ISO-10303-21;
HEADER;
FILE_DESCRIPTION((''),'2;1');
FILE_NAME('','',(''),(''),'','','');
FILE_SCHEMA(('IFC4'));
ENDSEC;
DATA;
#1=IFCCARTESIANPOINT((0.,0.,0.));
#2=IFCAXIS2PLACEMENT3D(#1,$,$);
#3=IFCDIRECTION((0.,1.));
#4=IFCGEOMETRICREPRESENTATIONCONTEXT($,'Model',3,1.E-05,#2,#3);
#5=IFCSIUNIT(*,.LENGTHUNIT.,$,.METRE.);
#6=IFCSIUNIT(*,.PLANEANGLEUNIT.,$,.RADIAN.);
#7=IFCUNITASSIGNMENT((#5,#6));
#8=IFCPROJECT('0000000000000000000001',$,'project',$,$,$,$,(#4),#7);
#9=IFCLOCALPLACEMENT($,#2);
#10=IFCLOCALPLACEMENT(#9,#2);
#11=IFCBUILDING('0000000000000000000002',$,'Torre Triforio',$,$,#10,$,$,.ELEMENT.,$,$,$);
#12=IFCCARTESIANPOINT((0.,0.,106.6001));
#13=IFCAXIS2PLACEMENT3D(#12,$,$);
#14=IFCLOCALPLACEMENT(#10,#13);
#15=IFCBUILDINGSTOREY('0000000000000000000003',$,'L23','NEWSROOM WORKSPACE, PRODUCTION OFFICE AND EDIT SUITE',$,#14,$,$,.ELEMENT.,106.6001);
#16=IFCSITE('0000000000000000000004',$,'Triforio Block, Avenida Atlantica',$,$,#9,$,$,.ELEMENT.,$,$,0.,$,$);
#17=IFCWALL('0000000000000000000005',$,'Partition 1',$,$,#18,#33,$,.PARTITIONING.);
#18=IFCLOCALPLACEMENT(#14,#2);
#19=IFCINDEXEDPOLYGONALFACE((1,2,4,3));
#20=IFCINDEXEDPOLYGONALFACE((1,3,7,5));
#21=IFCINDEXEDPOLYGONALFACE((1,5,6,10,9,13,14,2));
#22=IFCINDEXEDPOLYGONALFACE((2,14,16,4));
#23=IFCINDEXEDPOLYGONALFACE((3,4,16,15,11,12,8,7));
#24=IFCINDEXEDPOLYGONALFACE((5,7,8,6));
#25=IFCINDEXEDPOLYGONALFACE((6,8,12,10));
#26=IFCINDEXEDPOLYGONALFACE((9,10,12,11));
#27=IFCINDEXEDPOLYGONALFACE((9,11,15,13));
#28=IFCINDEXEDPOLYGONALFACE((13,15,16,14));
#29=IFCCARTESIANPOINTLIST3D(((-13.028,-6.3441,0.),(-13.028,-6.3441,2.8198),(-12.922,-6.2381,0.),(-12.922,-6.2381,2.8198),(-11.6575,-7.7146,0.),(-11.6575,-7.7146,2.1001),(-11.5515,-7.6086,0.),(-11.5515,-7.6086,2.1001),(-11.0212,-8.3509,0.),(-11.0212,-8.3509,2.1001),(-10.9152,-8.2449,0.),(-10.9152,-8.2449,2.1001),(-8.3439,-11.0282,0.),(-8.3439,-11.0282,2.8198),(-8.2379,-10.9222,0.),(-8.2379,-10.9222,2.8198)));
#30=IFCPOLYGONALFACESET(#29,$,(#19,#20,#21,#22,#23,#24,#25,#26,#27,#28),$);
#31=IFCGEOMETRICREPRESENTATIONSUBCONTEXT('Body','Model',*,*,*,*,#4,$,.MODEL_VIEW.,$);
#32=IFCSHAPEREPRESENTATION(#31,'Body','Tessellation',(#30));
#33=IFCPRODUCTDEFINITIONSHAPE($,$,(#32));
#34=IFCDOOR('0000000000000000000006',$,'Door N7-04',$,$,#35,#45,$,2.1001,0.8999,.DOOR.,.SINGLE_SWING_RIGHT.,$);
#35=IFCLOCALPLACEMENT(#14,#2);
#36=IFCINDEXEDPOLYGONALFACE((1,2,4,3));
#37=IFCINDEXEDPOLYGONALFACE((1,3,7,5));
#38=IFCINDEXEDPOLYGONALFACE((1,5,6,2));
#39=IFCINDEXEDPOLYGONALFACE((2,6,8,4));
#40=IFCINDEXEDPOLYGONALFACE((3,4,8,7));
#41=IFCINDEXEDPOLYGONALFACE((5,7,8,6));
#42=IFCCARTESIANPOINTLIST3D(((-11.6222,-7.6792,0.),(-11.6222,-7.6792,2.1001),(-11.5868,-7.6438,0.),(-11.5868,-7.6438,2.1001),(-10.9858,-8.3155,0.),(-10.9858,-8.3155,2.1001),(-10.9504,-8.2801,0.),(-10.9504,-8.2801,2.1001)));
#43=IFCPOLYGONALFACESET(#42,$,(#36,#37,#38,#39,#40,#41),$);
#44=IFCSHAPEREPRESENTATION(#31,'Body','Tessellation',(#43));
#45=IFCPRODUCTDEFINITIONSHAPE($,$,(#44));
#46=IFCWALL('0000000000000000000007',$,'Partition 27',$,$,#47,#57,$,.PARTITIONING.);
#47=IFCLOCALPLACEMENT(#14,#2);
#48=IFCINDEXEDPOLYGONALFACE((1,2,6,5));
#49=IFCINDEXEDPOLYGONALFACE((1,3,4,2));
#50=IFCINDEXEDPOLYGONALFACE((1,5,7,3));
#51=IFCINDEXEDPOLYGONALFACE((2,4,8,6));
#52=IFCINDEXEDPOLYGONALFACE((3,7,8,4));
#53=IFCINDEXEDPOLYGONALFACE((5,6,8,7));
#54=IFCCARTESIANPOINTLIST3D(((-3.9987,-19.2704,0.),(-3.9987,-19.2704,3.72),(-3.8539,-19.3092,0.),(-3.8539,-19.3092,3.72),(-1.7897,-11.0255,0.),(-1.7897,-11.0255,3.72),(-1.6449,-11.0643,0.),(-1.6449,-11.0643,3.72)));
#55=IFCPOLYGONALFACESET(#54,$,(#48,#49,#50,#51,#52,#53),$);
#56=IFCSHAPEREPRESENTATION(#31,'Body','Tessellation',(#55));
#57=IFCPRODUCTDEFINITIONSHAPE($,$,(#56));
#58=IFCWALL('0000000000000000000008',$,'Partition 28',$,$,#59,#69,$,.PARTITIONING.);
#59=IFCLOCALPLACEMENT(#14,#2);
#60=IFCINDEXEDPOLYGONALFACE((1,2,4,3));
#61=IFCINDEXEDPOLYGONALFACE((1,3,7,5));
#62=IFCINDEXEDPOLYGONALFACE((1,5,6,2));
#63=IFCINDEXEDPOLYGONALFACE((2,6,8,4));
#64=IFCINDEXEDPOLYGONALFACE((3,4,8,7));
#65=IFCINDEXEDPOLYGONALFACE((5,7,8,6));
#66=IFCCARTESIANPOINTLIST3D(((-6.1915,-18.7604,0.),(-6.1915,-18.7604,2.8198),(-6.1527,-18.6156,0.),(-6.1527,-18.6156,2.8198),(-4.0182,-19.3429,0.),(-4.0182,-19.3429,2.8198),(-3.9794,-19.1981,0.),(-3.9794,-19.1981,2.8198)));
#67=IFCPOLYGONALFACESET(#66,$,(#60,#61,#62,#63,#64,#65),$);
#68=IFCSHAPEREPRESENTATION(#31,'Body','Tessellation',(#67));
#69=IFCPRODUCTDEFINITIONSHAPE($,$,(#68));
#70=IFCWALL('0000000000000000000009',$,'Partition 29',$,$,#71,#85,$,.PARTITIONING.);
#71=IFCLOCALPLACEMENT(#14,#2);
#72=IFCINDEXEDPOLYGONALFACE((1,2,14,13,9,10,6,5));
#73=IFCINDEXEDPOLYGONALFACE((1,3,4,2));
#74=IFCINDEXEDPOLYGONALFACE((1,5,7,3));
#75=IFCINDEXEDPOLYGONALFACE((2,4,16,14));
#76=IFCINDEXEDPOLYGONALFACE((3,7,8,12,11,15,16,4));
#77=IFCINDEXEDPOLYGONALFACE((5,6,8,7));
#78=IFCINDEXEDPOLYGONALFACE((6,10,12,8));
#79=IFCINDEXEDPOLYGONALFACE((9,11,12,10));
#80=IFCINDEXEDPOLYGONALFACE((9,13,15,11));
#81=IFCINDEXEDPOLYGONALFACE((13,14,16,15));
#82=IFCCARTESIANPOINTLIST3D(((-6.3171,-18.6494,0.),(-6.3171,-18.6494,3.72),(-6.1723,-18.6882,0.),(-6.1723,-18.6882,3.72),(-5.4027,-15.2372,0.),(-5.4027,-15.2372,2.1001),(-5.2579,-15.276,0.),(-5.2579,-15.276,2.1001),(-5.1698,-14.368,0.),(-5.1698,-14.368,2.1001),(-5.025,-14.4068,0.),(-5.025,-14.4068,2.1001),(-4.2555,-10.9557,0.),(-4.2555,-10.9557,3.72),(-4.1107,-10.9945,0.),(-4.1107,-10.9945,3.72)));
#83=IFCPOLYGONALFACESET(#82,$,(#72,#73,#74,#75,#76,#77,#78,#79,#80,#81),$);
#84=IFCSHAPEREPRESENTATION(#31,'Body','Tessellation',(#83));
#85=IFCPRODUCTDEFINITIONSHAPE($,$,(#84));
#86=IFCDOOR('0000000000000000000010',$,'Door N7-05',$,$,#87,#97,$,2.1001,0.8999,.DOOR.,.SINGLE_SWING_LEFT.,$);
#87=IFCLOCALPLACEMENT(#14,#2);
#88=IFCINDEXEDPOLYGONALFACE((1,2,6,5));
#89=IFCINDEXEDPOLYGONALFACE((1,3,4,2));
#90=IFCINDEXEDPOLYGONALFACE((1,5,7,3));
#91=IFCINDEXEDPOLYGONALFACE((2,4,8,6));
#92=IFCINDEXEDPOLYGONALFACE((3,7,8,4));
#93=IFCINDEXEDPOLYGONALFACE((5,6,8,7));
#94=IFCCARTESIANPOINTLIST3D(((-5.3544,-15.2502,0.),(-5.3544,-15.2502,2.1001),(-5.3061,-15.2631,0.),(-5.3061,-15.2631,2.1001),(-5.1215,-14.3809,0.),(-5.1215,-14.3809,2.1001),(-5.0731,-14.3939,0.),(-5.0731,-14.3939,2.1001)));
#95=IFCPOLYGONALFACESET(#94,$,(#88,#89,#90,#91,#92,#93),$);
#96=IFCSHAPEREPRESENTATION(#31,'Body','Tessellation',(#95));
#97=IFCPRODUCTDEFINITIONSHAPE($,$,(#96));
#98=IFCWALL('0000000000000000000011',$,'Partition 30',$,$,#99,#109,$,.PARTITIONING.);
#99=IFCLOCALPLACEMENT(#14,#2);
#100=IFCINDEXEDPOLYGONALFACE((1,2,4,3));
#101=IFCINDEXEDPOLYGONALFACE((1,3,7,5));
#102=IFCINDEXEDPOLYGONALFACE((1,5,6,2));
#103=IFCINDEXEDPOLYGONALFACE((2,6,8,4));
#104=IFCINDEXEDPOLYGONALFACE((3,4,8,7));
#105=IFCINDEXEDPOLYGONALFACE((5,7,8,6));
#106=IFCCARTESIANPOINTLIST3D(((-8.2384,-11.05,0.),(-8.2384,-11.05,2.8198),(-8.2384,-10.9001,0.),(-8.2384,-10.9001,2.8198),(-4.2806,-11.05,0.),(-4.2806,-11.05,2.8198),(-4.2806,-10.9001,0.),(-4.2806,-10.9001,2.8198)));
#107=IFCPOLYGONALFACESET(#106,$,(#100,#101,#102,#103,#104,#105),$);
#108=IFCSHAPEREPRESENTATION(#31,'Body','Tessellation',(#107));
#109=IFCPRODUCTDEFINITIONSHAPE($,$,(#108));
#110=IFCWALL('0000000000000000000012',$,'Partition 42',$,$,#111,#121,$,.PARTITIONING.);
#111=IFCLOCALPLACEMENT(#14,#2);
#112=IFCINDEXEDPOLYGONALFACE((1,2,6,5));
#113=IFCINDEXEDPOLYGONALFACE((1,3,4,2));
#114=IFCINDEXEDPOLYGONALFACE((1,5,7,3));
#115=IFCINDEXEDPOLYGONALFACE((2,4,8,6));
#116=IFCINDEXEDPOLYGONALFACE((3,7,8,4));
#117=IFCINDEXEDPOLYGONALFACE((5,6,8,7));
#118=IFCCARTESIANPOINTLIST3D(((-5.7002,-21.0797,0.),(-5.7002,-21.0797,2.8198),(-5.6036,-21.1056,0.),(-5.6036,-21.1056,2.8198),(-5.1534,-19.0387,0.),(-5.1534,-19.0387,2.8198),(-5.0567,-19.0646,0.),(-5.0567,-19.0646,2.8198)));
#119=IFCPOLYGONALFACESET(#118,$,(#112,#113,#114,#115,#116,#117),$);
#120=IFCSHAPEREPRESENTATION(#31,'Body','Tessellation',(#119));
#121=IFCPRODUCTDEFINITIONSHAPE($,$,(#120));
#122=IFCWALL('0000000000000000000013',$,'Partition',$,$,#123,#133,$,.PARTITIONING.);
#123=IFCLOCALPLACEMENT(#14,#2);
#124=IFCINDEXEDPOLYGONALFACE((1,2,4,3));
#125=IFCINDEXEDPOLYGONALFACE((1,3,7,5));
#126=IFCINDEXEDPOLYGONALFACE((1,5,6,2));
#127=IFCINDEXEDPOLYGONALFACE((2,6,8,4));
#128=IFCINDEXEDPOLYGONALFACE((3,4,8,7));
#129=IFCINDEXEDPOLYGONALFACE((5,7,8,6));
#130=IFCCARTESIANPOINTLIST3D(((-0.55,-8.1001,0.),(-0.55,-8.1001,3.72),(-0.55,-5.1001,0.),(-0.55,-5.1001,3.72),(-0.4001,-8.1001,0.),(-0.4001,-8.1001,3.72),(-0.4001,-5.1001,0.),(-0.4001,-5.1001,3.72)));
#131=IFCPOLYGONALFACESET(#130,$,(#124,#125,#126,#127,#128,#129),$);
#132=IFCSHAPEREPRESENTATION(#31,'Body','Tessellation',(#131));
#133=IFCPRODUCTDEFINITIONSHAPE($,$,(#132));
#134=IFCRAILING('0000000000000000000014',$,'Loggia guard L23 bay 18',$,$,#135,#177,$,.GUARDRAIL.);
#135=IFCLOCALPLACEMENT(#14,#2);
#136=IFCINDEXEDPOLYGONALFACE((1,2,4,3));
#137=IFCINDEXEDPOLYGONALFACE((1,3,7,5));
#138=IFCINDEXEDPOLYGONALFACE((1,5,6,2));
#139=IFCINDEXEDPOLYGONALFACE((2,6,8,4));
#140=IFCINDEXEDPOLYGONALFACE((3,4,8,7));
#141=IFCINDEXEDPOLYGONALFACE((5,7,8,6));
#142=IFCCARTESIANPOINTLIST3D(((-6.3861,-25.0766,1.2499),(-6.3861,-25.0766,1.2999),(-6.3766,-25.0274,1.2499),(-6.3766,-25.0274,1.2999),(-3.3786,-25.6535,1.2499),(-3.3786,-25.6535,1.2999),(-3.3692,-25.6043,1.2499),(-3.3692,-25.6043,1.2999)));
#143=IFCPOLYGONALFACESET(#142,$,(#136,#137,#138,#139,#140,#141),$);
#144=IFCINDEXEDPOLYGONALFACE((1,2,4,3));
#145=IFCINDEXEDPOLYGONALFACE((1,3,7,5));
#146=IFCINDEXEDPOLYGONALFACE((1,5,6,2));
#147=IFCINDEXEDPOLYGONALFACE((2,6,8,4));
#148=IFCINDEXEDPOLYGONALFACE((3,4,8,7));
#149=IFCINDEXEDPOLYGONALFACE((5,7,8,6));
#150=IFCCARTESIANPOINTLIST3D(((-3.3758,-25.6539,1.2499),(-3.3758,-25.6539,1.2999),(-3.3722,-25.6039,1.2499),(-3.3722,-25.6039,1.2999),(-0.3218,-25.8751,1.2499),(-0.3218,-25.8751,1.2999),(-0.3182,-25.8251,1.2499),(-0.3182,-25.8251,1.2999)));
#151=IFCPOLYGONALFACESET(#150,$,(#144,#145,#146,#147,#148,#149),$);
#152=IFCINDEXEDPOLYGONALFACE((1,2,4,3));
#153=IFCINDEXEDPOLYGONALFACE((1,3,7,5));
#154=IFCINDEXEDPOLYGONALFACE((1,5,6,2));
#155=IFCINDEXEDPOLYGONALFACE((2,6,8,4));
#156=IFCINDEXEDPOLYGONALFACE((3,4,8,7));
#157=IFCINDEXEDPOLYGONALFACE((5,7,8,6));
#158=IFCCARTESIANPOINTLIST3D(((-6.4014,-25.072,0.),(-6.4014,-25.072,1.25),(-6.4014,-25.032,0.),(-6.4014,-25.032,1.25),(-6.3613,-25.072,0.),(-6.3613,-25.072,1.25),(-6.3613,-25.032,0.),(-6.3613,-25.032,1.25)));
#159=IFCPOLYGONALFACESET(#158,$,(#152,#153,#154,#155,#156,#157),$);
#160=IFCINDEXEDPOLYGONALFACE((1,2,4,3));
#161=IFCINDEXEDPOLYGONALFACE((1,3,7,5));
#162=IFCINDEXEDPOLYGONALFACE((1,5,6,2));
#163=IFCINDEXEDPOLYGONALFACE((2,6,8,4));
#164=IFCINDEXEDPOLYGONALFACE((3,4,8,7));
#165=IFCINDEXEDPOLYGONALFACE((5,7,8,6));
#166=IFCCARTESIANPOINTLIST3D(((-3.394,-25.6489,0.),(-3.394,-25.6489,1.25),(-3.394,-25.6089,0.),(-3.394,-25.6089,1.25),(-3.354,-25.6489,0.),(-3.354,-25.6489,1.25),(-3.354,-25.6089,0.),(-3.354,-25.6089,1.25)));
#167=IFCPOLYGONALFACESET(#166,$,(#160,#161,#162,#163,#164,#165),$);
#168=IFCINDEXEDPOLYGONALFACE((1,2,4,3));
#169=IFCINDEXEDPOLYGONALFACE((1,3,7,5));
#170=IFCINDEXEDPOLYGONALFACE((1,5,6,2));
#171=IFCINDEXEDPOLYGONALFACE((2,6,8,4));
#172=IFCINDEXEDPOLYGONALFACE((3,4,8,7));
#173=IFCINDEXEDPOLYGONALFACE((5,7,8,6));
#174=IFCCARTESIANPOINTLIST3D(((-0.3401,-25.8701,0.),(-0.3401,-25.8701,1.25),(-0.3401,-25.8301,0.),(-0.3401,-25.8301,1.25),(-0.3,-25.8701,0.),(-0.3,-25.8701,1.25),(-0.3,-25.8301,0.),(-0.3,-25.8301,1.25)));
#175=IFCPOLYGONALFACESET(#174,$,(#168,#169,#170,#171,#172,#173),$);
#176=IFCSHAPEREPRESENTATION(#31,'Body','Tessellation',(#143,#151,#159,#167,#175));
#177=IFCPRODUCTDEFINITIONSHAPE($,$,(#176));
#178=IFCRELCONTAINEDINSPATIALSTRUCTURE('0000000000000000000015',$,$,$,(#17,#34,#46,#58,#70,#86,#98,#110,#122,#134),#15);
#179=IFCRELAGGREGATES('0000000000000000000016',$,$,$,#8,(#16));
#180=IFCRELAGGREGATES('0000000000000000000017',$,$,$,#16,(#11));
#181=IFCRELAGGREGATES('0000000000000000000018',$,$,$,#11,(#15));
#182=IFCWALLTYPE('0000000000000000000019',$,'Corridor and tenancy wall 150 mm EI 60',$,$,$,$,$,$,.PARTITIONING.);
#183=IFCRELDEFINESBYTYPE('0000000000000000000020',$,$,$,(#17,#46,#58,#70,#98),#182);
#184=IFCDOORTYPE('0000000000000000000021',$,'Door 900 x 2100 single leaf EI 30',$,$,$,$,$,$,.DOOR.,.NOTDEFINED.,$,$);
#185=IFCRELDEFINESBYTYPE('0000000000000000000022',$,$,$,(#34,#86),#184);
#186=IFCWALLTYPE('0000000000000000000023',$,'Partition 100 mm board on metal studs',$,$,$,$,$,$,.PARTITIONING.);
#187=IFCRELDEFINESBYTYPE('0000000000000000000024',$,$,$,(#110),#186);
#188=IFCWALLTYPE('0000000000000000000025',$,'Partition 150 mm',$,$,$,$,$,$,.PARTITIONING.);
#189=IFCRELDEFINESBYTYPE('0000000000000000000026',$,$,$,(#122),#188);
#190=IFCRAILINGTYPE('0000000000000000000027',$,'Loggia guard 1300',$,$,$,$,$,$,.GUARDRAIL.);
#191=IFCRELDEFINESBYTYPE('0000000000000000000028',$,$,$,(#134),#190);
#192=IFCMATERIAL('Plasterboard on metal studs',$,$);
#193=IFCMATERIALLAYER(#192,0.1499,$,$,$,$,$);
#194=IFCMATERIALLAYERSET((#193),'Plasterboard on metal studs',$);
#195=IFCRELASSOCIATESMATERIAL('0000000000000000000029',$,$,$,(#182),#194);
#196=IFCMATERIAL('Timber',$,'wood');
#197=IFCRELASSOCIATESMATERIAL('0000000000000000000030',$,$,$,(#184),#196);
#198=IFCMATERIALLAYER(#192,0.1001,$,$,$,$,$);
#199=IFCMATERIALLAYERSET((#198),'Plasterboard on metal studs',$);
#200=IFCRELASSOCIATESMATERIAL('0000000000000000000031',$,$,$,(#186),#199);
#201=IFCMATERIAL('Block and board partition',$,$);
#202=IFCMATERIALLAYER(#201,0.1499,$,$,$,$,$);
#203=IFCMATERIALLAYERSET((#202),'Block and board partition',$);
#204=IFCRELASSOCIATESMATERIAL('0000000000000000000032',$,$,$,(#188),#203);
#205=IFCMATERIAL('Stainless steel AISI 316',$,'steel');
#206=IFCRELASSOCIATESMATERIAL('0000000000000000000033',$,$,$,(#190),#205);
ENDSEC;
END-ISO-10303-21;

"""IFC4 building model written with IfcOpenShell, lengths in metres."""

from ifc_helpers import new_model, si_unit, direction, frame, frame_2d, origin, origin_2d, place, context, subcontext, project, spatial, rectangle, extrude, material, layer, layer_set, type_object, element, fill, save


model = new_model("IFC4")

# Units and contexts
model_context = context("Model", 3, precision=1e-05, world=origin(), true_north=direction((0.0, 1.0)))
body_context = subcontext(model_context, "Body", "Model", "MODEL_VIEW")
ifc_project = project(units=[si_unit("LENGTHUNIT", "METRE"), si_unit("PLANEANGLEUNIT", "RADIAN")], contexts=[model_context])

# Site, building, storey
site_placement = place(None, origin())
site = spatial("IfcSite", under=ifc_project, at=site_placement, Name="Triforio Block, Avenida Atlantica", CompositionType="ELEMENT", RefElevation=0.0)
building_placement = place(site_placement, origin())
building = spatial("IfcBuilding", under=site, at=building_placement, Name="Torre Triforio", CompositionType="ELEMENT")
storey_placement = place(building_placement, frame((0.0, 0.0, 106.6001)))
storey = spatial("IfcBuildingStorey", under=building, at=storey_placement, Name="L23", Description="NEWSROOM WORKSPACE, PRODUCTION OFFICE AND EDIT SUITE", CompositionType="ELEMENT", Elevation=106.6001)

# Wall, opening, door
ifc_material_1 = material(Name="Plasterboard on metal studs")
ifc_layer_1 = layer(ifc_material_1, 0.1499)
ifc_layer_set_1 = layer_set([ifc_layer_1], Name="Plasterboard on metal studs")
wall_type_1 = type_object("IfcWallType", Name="Corridor and tenancy wall 150 mm EI 60", PredefinedType="PARTITIONING", material=ifc_layer_set_1)
wall_1_placement = place(storey_placement, frame((-8.291, -10.9751, 0.0), z_axis=(0.0, 0.0, 1.0), x_axis=(-0.707107, 0.707107, 0.0)))
wall_1 = element("IfcWall", 1, at=wall_1_placement, inside=storey, type_object=wall_type_1, Name="Partition 1", PredefinedType="PARTITIONING", context=body_context, shape_type="SweptSolid", body=[
    extrude(rectangle(XDim=6.6243, YDim=0.1499, at=frame_2d((3.312, 0.0))), origin(), (0.0, 0.0, 1.0), 2.8198),
])
opening_1_placement = place(wall_1_placement, frame((3.7861, 0.0, 0.0)))
opening_1 = element("IfcOpeningElement", 2, at=opening_1_placement, cuts=wall_1, PredefinedType="OPENING", context=body_context, shape_type="SweptSolid", body=[
    extrude(rectangle(XDim=0.8999, YDim=2.1001, at=frame_2d((0.45, 1.05))), frame((0.0, 0.085, 0.0), z_axis=(0.0, -1.0, 0.0), x_axis=(1.0, 0.0, 0.0)), (0.0, 0.0, 1.0), 0.1699),
])
ifc_material_2 = material(Name="Timber", Category="wood")
door_type_1 = type_object("IfcDoorType", Name="Door 900 x 2100 single leaf EI 30", OperationType="NOTDEFINED", PredefinedType="DOOR", material=ifc_material_2)
door_1_placement = place(opening_1_placement, origin())
door_1 = element("IfcDoor", 3, at=door_1_placement, inside=storey, type_object=door_type_1, Name="Door N7-04", OperationType="SINGLE_SWING_RIGHT", OverallHeight=2.1001, OverallWidth=0.8999, PredefinedType="DOOR", context=body_context, shape_type="SweptSolid", body=[
    extrude(rectangle(XDim=0.8999, YDim=2.1001, at=frame_2d((0.45, 1.05))), frame((0.0, 0.0249, 0.0), z_axis=(0.0, -1.0, 0.0), x_axis=(1.0, 0.0, 0.0)), (0.0, 0.0, 1.0), 0.05),
])
fill(opening_1, door_1)

# Walls
wall_2_placement = place(storey_placement, frame((-1.7173, -11.0449, 0.0), z_axis=(0.0, 0.0, 1.0), x_axis=(-0.258795, -0.965932, 0.0)))
element("IfcWall", 4, at=wall_2_placement, inside=storey, type_object=wall_type_1, Name="Partition 27", PredefinedType="PARTITIONING", context=body_context, shape_type="SweptSolid", body=[
    extrude(rectangle(XDim=8.5356, YDim=0.1499, at=frame_2d((4.2678, 0.0))), origin(), (0.0, 0.0, 1.0), 3.72),
])
wall_3_placement = place(storey_placement, frame((-3.9988, -19.2705, 0.0), z_axis=(0.0, 0.0, 1.0), x_axis=(-0.965906, 0.258892, 0.0)))
element("IfcWall", 5, at=wall_3_placement, inside=storey, type_object=wall_type_1, Name="Partition 28", PredefinedType="PARTITIONING", context=body_context, shape_type="SweptSolid", body=[
    extrude(rectangle(XDim=2.25, YDim=0.1499, at=frame_2d((1.125, 0.0))), origin(), (0.0, 0.0, 1.0), 2.8198),
])

# Wall, opening, door
wall_4_placement = place(storey_placement, frame((-6.2446, -18.6687, 0.0), z_axis=(0.0, 0.0, 1.0), x_axis=(0.258822, 0.965925, 0.0)))
wall_4 = element("IfcWall", 6, at=wall_4_placement, inside=storey, type_object=wall_type_1, Name="Partition 29", PredefinedType="PARTITIONING", context=body_context, shape_type="SweptSolid", body=[
    extrude(rectangle(XDim=7.9651, YDim=0.1499, at=frame_2d((3.9824, 0.0))), origin(), (0.0, 0.0, 1.0), 3.72),
])
opening_2_placement = place(wall_4_placement, frame((3.5325, 0.0, 0.0)))
opening_2 = element("IfcOpeningElement", 7, at=opening_2_placement, cuts=wall_4, PredefinedType="OPENING", context=body_context, shape_type="SweptSolid", body=[
    extrude(rectangle(XDim=0.8999, YDim=2.1001, at=frame_2d((0.45, 1.05))), frame((0.0, 0.085, 0.0), z_axis=(0.0, -1.0, 0.0), x_axis=(1.0, 0.0, 0.0)), (0.0, 0.0, 1.0), 0.1699),
])
door_2_placement = place(opening_2_placement, origin())
door_2 = element("IfcDoor", 8, at=door_2_placement, inside=storey, type_object=door_type_1, Name="Door N7-05", OperationType="SINGLE_SWING_LEFT", OverallHeight=2.1001, OverallWidth=0.8999, PredefinedType="DOOR", context=body_context, shape_type="SweptSolid", body=[
    extrude(rectangle(XDim=0.8999, YDim=2.1001, at=frame_2d((0.45, 1.05))), frame((0.0, 0.0249, 0.0), z_axis=(0.0, -1.0, 0.0), x_axis=(1.0, 0.0, 0.0)), (0.0, 0.0, 1.0), 0.05),
])
fill(opening_2, door_2)

# Walls
wall_5_placement = place(storey_placement, frame((-4.2805, -10.9751, 0.0), z_axis=(0.0, 0.0, 1.0), x_axis=(-1.0, 0.0, 0.0)))
element("IfcWall", 9, at=wall_5_placement, inside=storey, type_object=wall_type_1, Name="Partition 30", PredefinedType="PARTITIONING", context=body_context, shape_type="SweptSolid", body=[
    extrude(rectangle(XDim=3.9578, YDim=0.1499, at=frame_2d((1.979, 0.0))), origin(), (0.0, 0.0, 1.0), 2.8198),
])
ifc_layer_2 = layer(ifc_material_1, 0.1001)
ifc_layer_set_2 = layer_set([ifc_layer_2], Name="Plasterboard on metal studs")
wall_type_2 = type_object("IfcWallType", Name="Partition 100 mm board on metal studs", PredefinedType="PARTITIONING", material=ifc_layer_set_2)
wall_6_placement = place(storey_placement, frame((-5.105, -19.0515, 0.0), z_axis=(0.0, 0.0, 1.0), x_axis=(-0.258813, -0.965927, 0.0)))
element("IfcWall", 10, at=wall_6_placement, inside=storey, type_object=wall_type_2, Name="Partition 42", PredefinedType="PARTITIONING", context=body_context, shape_type="SweptSolid", body=[
    extrude(rectangle(XDim=2.113, YDim=0.1001, at=frame_2d((1.0566, 0.0))), origin(), (0.0, 0.0, 1.0), 2.8198),
])
ifc_material_3 = material(Name="Block and board partition")
ifc_layer_3 = layer(ifc_material_3, 0.1499)
ifc_layer_set_3 = layer_set([ifc_layer_3], Name="Block and board partition")
wall_type_3 = type_object("IfcWallType", Name="Partition 150 mm", PredefinedType="PARTITIONING", material=ifc_layer_set_3)
wall_7_placement = place(storey_placement, frame((-0.4751, -8.1001, 0.0), z_axis=(0.0, 0.0, 1.0), x_axis=(0.0, 1.0, 0.0)))
element("IfcWall", 11, at=wall_7_placement, inside=storey, type_object=wall_type_3, Name="Partition", PredefinedType="PARTITIONING", context=body_context, shape_type="SweptSolid", body=[
    extrude(rectangle(XDim=3.0, YDim=0.1499, at=frame_2d((1.5, 0.0))), origin(), (0.0, 0.0, 1.0), 3.72),
])

# Railing
ifc_material_4 = material(Name="Stainless steel AISI 316", Category="steel")
railing_type = type_object("IfcRailingType", Name="Loggia guard 1300", PredefinedType="GUARDRAIL", material=ifc_material_4)
railing_placement = place(storey_placement, frame((-6.3813, -25.052, 0.0)))
element("IfcRailing", 12, at=railing_placement, inside=storey, type_object=railing_type, Name="Loggia guard L23 bay 18", PredefinedType="GUARDRAIL", context=body_context, shape_type="SweptSolid", body=[
    extrude(rectangle(XDim=0.05, YDim=0.05, at=origin_2d()), frame((0.0, 0.0, 1.2749), z_axis=(0.982093, -0.188398, 0.0), x_axis=(0.188398, 0.982093, 0.0)), (0.0, 0.0, 1.0), 3.0623),
    extrude(rectangle(XDim=0.05, YDim=0.05, at=origin_2d()), frame((3.0073, -0.5769, 1.2749), z_axis=(0.997387, -0.072239, 0.0), x_axis=(0.072239, 0.997387, 0.0)), (0.0, 0.0, 1.0), 3.062),
    extrude(rectangle(XDim=0.04, YDim=0.04, at=origin_2d()), origin(), (0.0, 0.0, 1.0), 1.25),
    extrude(rectangle(XDim=0.04, YDim=0.04, at=origin_2d()), frame((3.0073, -0.5769, 0.0)), (0.0, 0.0, 1.0), 1.25),
    extrude(rectangle(XDim=0.04, YDim=0.04, at=origin_2d()), frame((6.0613, -0.7981, 0.0)), (0.0, 0.0, 1.0), 1.25),
])

save(model, "model.ifc")
